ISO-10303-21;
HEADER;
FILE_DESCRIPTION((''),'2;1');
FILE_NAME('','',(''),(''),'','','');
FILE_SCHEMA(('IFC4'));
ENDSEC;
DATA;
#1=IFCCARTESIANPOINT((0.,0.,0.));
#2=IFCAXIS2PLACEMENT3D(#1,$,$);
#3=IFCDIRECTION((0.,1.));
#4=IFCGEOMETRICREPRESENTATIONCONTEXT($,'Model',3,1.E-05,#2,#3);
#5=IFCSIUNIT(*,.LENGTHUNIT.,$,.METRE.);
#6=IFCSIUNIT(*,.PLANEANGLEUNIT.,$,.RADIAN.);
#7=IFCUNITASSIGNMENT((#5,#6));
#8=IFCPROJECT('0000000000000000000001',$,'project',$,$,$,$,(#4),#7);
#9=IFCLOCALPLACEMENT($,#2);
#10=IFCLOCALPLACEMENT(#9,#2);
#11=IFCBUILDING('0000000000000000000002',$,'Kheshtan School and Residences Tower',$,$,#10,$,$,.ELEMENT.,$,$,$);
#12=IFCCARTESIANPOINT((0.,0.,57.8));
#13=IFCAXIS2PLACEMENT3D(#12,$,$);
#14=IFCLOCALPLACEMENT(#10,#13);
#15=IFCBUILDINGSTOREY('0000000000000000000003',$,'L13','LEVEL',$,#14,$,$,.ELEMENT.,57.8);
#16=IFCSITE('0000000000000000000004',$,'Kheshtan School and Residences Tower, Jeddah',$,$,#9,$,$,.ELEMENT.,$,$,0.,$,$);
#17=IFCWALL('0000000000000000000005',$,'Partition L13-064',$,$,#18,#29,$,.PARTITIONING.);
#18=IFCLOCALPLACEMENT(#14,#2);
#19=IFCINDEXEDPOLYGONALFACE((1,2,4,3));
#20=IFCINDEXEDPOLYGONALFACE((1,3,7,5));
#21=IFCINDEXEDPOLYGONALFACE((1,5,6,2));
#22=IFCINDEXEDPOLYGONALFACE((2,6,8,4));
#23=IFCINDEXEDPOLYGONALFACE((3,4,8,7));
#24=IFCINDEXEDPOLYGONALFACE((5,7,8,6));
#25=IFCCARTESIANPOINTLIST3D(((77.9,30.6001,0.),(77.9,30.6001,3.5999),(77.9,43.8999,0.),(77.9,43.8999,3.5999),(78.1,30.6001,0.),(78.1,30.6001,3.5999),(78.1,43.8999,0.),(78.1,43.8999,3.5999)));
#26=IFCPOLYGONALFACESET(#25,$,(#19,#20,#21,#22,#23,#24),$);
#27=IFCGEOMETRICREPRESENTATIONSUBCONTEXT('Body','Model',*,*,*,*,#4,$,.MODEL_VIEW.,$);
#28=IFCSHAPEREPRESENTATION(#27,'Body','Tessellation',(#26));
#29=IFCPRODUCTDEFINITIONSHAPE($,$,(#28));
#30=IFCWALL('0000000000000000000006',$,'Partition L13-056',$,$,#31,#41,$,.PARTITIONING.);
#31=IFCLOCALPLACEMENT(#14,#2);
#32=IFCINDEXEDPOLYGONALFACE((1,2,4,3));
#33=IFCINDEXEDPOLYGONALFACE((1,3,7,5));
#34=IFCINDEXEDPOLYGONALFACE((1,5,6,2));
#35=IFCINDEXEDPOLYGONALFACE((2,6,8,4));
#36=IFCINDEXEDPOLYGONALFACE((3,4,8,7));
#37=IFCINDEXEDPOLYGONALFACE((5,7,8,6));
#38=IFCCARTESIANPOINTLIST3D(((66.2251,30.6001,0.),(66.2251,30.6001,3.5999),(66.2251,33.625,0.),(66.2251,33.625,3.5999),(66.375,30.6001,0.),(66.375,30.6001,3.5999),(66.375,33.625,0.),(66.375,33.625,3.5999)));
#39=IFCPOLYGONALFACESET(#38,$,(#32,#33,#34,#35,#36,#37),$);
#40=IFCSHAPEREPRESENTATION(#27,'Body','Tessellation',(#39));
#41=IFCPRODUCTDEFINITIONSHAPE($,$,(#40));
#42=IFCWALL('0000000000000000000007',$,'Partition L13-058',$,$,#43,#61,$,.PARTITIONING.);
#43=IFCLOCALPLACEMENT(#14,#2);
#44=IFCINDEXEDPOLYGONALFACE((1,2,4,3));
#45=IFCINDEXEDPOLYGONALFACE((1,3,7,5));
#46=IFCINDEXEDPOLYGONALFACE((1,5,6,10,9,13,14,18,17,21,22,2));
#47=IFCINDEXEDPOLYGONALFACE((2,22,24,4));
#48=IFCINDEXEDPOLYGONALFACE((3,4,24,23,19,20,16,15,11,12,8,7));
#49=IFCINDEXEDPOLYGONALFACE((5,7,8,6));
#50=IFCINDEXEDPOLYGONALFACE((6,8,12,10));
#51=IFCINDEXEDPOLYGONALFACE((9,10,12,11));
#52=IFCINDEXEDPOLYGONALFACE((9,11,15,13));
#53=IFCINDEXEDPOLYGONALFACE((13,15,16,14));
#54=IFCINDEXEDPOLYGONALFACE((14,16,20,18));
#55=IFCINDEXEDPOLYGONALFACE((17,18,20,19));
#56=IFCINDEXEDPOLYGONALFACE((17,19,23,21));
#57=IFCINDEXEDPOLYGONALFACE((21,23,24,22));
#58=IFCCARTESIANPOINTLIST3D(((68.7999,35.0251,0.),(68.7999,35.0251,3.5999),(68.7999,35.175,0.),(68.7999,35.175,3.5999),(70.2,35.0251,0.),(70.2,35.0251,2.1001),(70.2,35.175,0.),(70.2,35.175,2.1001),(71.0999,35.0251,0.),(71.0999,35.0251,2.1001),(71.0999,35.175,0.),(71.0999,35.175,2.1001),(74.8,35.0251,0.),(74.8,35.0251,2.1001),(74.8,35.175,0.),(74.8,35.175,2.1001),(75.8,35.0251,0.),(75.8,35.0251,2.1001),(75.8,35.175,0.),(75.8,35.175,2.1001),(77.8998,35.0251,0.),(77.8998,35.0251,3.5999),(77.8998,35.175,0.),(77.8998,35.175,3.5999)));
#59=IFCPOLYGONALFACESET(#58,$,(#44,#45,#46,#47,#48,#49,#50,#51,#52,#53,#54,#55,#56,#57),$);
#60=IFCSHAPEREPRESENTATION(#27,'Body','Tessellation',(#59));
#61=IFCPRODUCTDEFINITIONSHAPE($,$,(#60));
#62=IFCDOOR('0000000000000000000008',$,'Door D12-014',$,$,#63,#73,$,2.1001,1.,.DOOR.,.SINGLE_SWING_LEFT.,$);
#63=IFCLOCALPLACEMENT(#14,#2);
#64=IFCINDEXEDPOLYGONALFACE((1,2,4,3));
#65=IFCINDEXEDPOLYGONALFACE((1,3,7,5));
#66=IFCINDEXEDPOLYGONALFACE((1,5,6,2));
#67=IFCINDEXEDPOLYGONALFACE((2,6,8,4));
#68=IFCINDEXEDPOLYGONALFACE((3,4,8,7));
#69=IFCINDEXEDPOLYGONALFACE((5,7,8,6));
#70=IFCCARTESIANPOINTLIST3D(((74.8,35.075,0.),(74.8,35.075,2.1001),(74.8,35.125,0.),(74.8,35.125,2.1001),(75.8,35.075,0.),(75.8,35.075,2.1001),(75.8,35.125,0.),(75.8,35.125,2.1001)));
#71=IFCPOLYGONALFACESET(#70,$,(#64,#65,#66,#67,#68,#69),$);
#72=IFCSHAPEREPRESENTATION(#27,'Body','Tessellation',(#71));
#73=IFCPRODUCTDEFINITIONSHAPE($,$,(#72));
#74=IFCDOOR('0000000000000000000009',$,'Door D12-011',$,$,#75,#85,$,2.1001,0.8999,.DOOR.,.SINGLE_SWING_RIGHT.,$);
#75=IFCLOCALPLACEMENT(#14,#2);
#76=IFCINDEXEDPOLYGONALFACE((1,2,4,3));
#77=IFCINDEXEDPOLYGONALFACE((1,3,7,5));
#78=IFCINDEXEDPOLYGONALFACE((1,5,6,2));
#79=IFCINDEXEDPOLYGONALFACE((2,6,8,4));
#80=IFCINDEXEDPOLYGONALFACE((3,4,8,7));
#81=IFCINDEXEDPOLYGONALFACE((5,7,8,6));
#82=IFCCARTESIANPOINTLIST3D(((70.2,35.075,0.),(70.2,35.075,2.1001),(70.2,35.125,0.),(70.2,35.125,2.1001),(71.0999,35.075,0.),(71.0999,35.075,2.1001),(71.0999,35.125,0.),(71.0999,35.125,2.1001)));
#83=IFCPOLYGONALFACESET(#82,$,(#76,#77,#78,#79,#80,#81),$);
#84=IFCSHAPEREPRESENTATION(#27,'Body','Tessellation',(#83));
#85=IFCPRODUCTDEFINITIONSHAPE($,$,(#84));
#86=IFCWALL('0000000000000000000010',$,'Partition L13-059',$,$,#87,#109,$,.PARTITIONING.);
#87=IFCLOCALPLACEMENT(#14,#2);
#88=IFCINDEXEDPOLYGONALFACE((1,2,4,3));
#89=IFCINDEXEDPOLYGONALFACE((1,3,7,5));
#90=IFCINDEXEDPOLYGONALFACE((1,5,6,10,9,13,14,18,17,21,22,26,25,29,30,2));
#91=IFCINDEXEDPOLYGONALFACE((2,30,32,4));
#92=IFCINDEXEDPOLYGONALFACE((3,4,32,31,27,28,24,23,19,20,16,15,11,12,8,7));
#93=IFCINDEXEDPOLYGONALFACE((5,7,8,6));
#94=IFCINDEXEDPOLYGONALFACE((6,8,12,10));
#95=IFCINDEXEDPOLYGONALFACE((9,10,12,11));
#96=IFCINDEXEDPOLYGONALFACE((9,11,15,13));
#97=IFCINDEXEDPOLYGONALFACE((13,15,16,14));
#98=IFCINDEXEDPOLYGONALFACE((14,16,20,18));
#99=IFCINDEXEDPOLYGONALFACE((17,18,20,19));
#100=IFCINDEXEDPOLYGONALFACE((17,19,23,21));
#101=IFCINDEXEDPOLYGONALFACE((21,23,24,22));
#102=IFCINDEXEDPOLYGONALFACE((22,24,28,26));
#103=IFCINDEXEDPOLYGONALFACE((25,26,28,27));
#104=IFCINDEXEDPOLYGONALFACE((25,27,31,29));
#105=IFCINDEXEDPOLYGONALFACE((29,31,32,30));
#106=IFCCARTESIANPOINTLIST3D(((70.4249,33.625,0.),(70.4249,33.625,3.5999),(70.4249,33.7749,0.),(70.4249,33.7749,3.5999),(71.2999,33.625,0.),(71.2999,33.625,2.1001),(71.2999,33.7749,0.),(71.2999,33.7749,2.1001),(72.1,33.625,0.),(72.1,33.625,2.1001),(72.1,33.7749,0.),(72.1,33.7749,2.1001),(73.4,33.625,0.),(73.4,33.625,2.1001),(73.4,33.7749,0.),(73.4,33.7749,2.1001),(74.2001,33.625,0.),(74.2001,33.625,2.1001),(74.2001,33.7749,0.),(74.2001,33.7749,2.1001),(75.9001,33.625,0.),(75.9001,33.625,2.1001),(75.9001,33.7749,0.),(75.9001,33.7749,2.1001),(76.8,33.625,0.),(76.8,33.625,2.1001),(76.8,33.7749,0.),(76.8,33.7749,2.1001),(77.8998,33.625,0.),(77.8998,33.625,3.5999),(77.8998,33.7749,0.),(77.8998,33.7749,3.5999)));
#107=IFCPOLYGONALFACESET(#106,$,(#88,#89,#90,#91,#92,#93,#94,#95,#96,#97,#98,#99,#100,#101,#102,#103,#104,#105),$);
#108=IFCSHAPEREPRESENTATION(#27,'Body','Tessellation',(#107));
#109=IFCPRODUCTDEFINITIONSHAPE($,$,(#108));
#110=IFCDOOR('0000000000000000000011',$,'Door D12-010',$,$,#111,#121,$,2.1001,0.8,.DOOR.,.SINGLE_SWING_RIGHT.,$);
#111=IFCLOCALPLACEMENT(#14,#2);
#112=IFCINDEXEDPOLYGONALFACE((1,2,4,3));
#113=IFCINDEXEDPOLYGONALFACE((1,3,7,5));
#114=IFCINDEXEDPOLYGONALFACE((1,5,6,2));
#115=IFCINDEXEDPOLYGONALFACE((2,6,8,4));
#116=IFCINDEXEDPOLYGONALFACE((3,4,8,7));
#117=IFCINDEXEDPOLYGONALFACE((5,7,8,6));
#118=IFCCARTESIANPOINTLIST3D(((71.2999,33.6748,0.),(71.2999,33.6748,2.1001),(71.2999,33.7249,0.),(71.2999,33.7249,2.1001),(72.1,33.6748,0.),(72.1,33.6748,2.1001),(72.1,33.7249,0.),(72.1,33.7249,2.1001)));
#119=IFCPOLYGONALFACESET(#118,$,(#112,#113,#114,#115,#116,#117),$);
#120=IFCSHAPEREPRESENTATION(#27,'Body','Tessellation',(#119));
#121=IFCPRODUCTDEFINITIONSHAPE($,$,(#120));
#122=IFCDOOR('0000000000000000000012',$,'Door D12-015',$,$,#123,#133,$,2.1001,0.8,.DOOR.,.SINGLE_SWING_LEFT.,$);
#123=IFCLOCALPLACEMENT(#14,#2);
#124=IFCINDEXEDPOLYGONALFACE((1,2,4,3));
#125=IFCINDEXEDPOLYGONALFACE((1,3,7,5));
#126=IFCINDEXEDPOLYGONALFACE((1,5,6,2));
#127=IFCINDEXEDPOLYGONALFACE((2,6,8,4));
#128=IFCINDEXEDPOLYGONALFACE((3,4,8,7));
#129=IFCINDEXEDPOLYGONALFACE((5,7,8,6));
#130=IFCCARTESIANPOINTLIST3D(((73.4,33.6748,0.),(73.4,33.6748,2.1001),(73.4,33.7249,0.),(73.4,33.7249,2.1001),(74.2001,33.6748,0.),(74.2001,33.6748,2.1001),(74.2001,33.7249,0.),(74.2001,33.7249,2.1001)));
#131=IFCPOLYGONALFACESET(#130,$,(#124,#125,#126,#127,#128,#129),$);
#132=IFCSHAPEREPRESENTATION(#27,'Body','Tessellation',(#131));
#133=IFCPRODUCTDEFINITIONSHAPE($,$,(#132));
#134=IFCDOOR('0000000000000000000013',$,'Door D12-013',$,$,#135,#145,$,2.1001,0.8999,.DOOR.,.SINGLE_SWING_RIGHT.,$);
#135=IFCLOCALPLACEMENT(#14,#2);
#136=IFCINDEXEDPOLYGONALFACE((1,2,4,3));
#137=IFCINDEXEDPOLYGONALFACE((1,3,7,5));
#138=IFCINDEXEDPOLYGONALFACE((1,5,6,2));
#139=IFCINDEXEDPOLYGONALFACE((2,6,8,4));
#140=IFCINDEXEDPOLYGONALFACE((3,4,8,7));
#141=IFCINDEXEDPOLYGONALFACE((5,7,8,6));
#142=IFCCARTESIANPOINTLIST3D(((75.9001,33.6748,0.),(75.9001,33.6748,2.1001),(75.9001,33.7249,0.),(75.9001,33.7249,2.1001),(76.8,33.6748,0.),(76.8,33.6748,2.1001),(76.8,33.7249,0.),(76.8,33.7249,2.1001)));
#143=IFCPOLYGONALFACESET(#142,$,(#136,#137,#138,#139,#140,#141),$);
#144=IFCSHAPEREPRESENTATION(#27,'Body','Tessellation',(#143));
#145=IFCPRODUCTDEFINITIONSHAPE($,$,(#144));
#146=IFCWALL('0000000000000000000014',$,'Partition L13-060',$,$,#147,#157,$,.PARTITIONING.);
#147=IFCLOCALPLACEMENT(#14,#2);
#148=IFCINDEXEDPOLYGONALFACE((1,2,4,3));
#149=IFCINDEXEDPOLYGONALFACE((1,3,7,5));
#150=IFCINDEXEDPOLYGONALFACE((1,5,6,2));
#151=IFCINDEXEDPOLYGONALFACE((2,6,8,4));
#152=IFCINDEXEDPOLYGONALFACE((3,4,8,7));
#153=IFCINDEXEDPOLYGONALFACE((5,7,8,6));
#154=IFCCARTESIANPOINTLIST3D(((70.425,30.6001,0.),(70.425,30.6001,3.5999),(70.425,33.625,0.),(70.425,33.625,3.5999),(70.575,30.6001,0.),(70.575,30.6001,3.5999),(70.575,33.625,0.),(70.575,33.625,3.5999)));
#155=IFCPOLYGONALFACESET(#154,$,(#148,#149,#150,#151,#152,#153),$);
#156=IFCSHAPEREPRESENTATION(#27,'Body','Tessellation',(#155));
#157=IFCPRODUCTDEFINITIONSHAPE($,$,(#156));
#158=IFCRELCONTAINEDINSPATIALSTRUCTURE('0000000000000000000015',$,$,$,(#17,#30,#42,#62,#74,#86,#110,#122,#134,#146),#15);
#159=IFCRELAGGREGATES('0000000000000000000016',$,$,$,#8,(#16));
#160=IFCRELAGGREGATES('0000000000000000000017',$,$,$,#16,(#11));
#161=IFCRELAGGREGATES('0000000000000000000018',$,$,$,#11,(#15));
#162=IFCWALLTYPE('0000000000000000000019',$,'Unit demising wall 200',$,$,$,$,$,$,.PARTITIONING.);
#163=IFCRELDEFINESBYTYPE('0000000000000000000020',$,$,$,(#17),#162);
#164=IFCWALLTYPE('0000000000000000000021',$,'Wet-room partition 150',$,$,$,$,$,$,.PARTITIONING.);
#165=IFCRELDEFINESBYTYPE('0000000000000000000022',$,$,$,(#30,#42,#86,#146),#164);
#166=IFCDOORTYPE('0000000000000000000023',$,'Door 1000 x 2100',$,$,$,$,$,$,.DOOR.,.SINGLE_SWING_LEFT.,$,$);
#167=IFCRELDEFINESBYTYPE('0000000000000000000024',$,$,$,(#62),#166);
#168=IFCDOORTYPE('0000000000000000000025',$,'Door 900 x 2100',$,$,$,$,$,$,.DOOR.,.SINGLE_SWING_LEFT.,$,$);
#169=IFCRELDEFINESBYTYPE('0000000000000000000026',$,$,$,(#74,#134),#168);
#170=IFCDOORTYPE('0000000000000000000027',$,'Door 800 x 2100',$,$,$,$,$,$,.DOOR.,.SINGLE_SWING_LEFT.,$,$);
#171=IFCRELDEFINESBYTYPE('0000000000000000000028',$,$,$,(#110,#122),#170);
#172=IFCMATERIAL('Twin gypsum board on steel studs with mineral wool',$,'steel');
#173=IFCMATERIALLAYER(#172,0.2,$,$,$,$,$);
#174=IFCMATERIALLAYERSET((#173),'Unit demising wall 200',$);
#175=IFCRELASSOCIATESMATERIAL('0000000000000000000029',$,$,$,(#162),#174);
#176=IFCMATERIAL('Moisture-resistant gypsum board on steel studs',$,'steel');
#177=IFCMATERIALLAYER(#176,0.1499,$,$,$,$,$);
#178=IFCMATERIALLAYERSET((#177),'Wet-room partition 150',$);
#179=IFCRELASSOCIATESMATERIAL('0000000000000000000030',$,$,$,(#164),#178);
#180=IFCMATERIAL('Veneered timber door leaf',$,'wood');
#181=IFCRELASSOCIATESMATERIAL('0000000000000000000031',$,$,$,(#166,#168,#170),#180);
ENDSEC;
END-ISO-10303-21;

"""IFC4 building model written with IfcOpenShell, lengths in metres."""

from ifc_helpers import new_model, si_unit, direction, frame, frame_2d, origin, place, context, subcontext, project, spatial, rectangle, extrude, source, transform, mapped, material, layer, layer_set, type_object, element, fill, save


model = new_model("IFC4")

# Units and contexts
model_context = context("Model", 3, precision=1e-05, world=origin(), true_north=direction((0.0, 1.0)))
body_context = subcontext(model_context, "Body", "Model", "MODEL_VIEW")
ifc_project = project(units=[si_unit("LENGTHUNIT", "METRE"), si_unit("PLANEANGLEUNIT", "RADIAN")], contexts=[model_context])

# Site, building, storey
site_placement = place(None, origin())
site = spatial("IfcSite", under=ifc_project, at=site_placement, Name="Kheshtan School and Residences Tower, Jeddah", CompositionType="ELEMENT", RefElevation=0.0)
building_placement = place(site_placement, origin())
building = spatial("IfcBuilding", under=site, at=building_placement, Name="Kheshtan School and Residences Tower", CompositionType="ELEMENT")
storey_placement = place(building_placement, frame((0.0, 0.0, 57.8)))
storey = spatial("IfcBuildingStorey", under=building, at=storey_placement, Name="L13", Description="LEVEL", CompositionType="ELEMENT", Elevation=57.8)

# Walls
ifc_material_1 = material(Name="Twin gypsum board on steel studs with mineral wool", Category="steel")
ifc_layer_1 = layer(ifc_material_1, 0.2)
ifc_layer_set_1 = layer_set([ifc_layer_1], Name="Unit demising wall 200")
wall_type_1 = type_object("IfcWallType", Name="Unit demising wall 200", PredefinedType="PARTITIONING", material=ifc_layer_set_1)
for number, where, z_axis, x_axis, name in (
    (1, (78.0, 30.6001, 0.0), (0.0, 0.0, 1.0), (0.0, 1.0, 0.0), "Partition L13-064"),
):
    element("IfcWall", number, at=place(storey_placement, frame(where, z_axis=z_axis, x_axis=x_axis)), inside=storey, type_object=wall_type_1, Name=name, PredefinedType="PARTITIONING", context=body_context, shape_type="SweptSolid", body=[
        extrude(rectangle(XDim=13.2998, YDim=0.2, at=frame_2d((6.6499, 0.0))), origin(), (0.0, 0.0, 1.0), 3.5999),
    ])
ifc_material_2 = material(Name="Moisture-resistant gypsum board on steel studs", Category="steel")
ifc_layer_2 = layer(ifc_material_2, 0.1499)
ifc_layer_set_2 = layer_set([ifc_layer_2], Name="Wet-room partition 150")
wall_type_2 = type_object("IfcWallType", Name="Wet-room partition 150", PredefinedType="PARTITIONING", material=ifc_layer_set_2)
wall_1_placement = place(storey_placement, frame((66.3, 30.6001, 0.0), z_axis=(0.0, 0.0, 1.0), x_axis=(0.0, 1.0, 0.0)))
element("IfcWall", 2, at=wall_1_placement, inside=storey, type_object=wall_type_2, Name="Partition L13-056", PredefinedType="PARTITIONING", context=body_context, shape_type="SweptSolid", body=[
    extrude(rectangle(XDim=3.0249, YDim=0.1499, at=frame_2d((1.5125, 0.0))), origin(), (0.0, 0.0, 1.0), 3.5999),
])

# Walls, openings, doors
wall_2_placement = place(storey_placement, frame((68.8, 35.1001, 0.0), z_axis=(0.0, 0.0, 1.0), x_axis=(1.0, 0.0, 0.0)))
wall_2 = element("IfcWall", 3, at=wall_2_placement, inside=storey, type_object=wall_type_2, Name="Partition L13-058", PredefinedType="PARTITIONING", context=body_context, shape_type="SweptSolid", body=[
    extrude(rectangle(XDim=9.0999, YDim=0.1499, at=frame_2d((4.5498, 0.0))), origin(), (0.0, 0.0, 1.0), 3.5999),
])
opening_1_placement = place(wall_2_placement, frame((1.3999, 0.0, 0.0)))
opening_1 = element("IfcOpeningElement", 4, at=opening_1_placement, cuts=wall_2, PredefinedType="OPENING", context=body_context, shape_type="SweptSolid", body=[
    extrude(rectangle(XDim=0.8999, YDim=2.1001, at=frame_2d((0.45, 1.05))), frame((0.0, 0.085, 0.0), z_axis=(0.0, -1.0, 0.0), x_axis=(1.0, 0.0, 0.0)), (0.0, 0.0, 1.0), 0.1699),
])
opening_2_placement = place(wall_2_placement, frame((6.0, 0.0, 0.0)))
opening_2 = element("IfcOpeningElement", 5, at=opening_2_placement, cuts=wall_2, PredefinedType="OPENING", context=body_context, shape_type="SweptSolid", body=[
    extrude(rectangle(XDim=1.0, YDim=2.1001, at=frame_2d((0.5, 1.05))), frame((0.0, 0.085, 0.0), z_axis=(0.0, -1.0, 0.0), x_axis=(1.0, 0.0, 0.0)), (0.0, 0.0, 1.0), 0.1699),
])
ifc_material_3 = material(Name="Veneered timber door leaf", Category="wood")
door_type_1 = type_object("IfcDoorType", Name="Door 1000 x 2100", OperationType="SINGLE_SWING_LEFT", PredefinedType="DOOR", material=ifc_material_3)
shared_shape_1 = source(origin(), body_context, "Body", "SweptSolid", [
    extrude(rectangle(XDim=1.0, YDim=2.1001, at=frame_2d((0.5, 1.05))), frame((0.0, 0.0249, 0.0), z_axis=(0.0, -1.0, 0.0), x_axis=(1.0, 0.0, 0.0)), (0.0, 0.0, 1.0), 0.05),
])
door_1_placement = place(opening_2_placement, origin())
door_1 = element("IfcDoor", 6, at=door_1_placement, inside=storey, type_object=door_type_1, Name="Door D12-014", OperationType="SINGLE_SWING_LEFT", OverallHeight=2.1001, OverallWidth=1.0, PredefinedType="DOOR", context=body_context, shape_type="MappedRepresentation", body=[
    mapped(shared_shape_1, transform((0.0, 0.0, 0.0), x_axis=(1.0, 0.0, 0.0), y_axis=(0.0, 1.0, 0.0), z_axis=(0.0, 0.0, 1.0), scale=1.0)),
])
fill(opening_2, door_1)
door_type_2 = type_object("IfcDoorType", Name="Door 900 x 2100", OperationType="SINGLE_SWING_LEFT", PredefinedType="DOOR", material=ifc_material_3)
shared_shape_2 = source(origin(), body_context, "Body", "SweptSolid", [
    extrude(rectangle(XDim=0.8999, YDim=2.1001, at=frame_2d((0.45, 1.05))), frame((0.0, 0.0249, 0.0), z_axis=(0.0, -1.0, 0.0), x_axis=(1.0, 0.0, 0.0)), (0.0, 0.0, 1.0), 0.05),
])
door_2_placement = place(opening_1_placement, origin())
door_2 = element("IfcDoor", 7, at=door_2_placement, inside=storey, type_object=door_type_2, Name="Door D12-011", OperationType="SINGLE_SWING_RIGHT", OverallHeight=2.1001, OverallWidth=0.8999, PredefinedType="DOOR", context=body_context, shape_type="MappedRepresentation", body=[
    mapped(shared_shape_2, transform((0.0, 0.0, 0.0), x_axis=(1.0, 0.0, 0.0), y_axis=(0.0, 1.0, 0.0), z_axis=(0.0, 0.0, 1.0), scale=1.0)),
])
fill(opening_1, door_2)
wall_3_placement = place(storey_placement, frame((70.425, 33.7, 0.0), z_axis=(0.0, 0.0, 1.0), x_axis=(1.0, 0.0, 0.0)))
wall_3 = element("IfcWall", 8, at=wall_3_placement, inside=storey, type_object=wall_type_2, Name="Partition L13-059", PredefinedType="PARTITIONING", context=body_context, shape_type="SweptSolid", body=[
    extrude(rectangle(XDim=7.4749, YDim=0.1499, at=frame_2d((3.7373, 0.0))), origin(), (0.0, 0.0, 1.0), 3.5999),
])
opening_3_placement = place(wall_3_placement, frame((0.875, 0.0, 0.0)))
opening_3 = element("IfcOpeningElement", 9, at=opening_3_placement, cuts=wall_3, PredefinedType="OPENING", context=body_context, shape_type="SweptSolid", body=[
    extrude(rectangle(XDim=0.8, YDim=2.1001, at=frame_2d((0.3999, 1.05))), frame((0.0, 0.085, 0.0), z_axis=(0.0, -1.0, 0.0), x_axis=(1.0, 0.0, 0.0)), (0.0, 0.0, 1.0), 0.1699),
])
opening_4_placement = place(wall_3_placement, frame((5.4751, 0.0, 0.0)))
opening_4 = element("IfcOpeningElement", 10, at=opening_4_placement, cuts=wall_3, PredefinedType="OPENING", context=body_context, shape_type="SweptSolid", body=[
    extrude(rectangle(XDim=0.8999, YDim=2.1001, at=frame_2d((0.45, 1.05))), frame((0.0, 0.085, 0.0), z_axis=(0.0, -1.0, 0.0), x_axis=(1.0, 0.0, 0.0)), (0.0, 0.0, 1.0), 0.1699),
])
opening_5_placement = place(wall_3_placement, frame((2.9751, 0.0, 0.0)))
opening_5 = element("IfcOpeningElement", 11, at=opening_5_placement, cuts=wall_3, PredefinedType="OPENING", context=body_context, shape_type="SweptSolid", body=[
    extrude(rectangle(XDim=0.8, YDim=2.1001, at=frame_2d((0.3999, 1.05))), frame((0.0, 0.085, 0.0), z_axis=(0.0, -1.0, 0.0), x_axis=(1.0, 0.0, 0.0)), (0.0, 0.0, 1.0), 0.1699),
])
door_type_3 = type_object("IfcDoorType", Name="Door 800 x 2100", OperationType="SINGLE_SWING_LEFT", PredefinedType="DOOR", material=ifc_material_3)
shared_shape_3 = source(origin(), body_context, "Body", "SweptSolid", [
    extrude(rectangle(XDim=0.8, YDim=2.1001, at=frame_2d((0.3999, 1.05))), frame((0.0, 0.0249, 0.0), z_axis=(0.0, -1.0, 0.0), x_axis=(1.0, 0.0, 0.0)), (0.0, 0.0, 1.0), 0.05),
])
door_3_placement = place(opening_3_placement, origin())
door_3 = element("IfcDoor", 12, at=door_3_placement, inside=storey, type_object=door_type_3, Name="Door D12-010", OperationType="SINGLE_SWING_RIGHT", OverallHeight=2.1001, OverallWidth=0.8, PredefinedType="DOOR", context=body_context, shape_type="MappedRepresentation", body=[
    mapped(shared_shape_3, transform((0.0, 0.0, 0.0), x_axis=(1.0, 0.0, 0.0), y_axis=(0.0, 1.0, 0.0), z_axis=(0.0, 0.0, 1.0), scale=1.0)),
])
fill(opening_3, door_3)
door_4_placement = place(opening_5_placement, origin())
door_4 = element("IfcDoor", 13, at=door_4_placement, inside=storey, type_object=door_type_3, Name="Door D12-015", OperationType="SINGLE_SWING_LEFT", OverallHeight=2.1001, OverallWidth=0.8, PredefinedType="DOOR", context=body_context, shape_type="MappedRepresentation", body=[
    mapped(shared_shape_3, transform((0.0, 0.0, 0.0), x_axis=(1.0, 0.0, 0.0), y_axis=(0.0, 1.0, 0.0), z_axis=(0.0, 0.0, 1.0), scale=1.0)),
])
fill(opening_5, door_4)
door_5_placement = place(opening_4_placement, origin())
door_5 = element("IfcDoor", 14, at=door_5_placement, inside=storey, type_object=door_type_2, Name="Door D12-013", OperationType="SINGLE_SWING_RIGHT", OverallHeight=2.1001, OverallWidth=0.8999, PredefinedType="DOOR", context=body_context, shape_type="MappedRepresentation", body=[
    mapped(shared_shape_2, transform((0.0, 0.0, 0.0), x_axis=(1.0, 0.0, 0.0), y_axis=(0.0, 1.0, 0.0), z_axis=(0.0, 0.0, 1.0), scale=1.0)),
])
fill(opening_4, door_5)

# Wall
for number, where, z_axis, x_axis, name in (
    (15, (70.5, 30.6001, 0.0), (0.0, 0.0, 1.0), (0.0, 1.0, 0.0), "Partition L13-060"),
):
    element("IfcWall", number, at=place(storey_placement, frame(where, z_axis=z_axis, x_axis=x_axis)), inside=storey, type_object=wall_type_2, Name=name, PredefinedType="PARTITIONING", context=body_context, shape_type="SweptSolid", body=[
        extrude(rectangle(XDim=3.0249, YDim=0.1499, at=frame_2d((1.5125, 0.0))), origin(), (0.0, 0.0, 1.0), 3.5999),
    ])

save(model, "model.ifc")
